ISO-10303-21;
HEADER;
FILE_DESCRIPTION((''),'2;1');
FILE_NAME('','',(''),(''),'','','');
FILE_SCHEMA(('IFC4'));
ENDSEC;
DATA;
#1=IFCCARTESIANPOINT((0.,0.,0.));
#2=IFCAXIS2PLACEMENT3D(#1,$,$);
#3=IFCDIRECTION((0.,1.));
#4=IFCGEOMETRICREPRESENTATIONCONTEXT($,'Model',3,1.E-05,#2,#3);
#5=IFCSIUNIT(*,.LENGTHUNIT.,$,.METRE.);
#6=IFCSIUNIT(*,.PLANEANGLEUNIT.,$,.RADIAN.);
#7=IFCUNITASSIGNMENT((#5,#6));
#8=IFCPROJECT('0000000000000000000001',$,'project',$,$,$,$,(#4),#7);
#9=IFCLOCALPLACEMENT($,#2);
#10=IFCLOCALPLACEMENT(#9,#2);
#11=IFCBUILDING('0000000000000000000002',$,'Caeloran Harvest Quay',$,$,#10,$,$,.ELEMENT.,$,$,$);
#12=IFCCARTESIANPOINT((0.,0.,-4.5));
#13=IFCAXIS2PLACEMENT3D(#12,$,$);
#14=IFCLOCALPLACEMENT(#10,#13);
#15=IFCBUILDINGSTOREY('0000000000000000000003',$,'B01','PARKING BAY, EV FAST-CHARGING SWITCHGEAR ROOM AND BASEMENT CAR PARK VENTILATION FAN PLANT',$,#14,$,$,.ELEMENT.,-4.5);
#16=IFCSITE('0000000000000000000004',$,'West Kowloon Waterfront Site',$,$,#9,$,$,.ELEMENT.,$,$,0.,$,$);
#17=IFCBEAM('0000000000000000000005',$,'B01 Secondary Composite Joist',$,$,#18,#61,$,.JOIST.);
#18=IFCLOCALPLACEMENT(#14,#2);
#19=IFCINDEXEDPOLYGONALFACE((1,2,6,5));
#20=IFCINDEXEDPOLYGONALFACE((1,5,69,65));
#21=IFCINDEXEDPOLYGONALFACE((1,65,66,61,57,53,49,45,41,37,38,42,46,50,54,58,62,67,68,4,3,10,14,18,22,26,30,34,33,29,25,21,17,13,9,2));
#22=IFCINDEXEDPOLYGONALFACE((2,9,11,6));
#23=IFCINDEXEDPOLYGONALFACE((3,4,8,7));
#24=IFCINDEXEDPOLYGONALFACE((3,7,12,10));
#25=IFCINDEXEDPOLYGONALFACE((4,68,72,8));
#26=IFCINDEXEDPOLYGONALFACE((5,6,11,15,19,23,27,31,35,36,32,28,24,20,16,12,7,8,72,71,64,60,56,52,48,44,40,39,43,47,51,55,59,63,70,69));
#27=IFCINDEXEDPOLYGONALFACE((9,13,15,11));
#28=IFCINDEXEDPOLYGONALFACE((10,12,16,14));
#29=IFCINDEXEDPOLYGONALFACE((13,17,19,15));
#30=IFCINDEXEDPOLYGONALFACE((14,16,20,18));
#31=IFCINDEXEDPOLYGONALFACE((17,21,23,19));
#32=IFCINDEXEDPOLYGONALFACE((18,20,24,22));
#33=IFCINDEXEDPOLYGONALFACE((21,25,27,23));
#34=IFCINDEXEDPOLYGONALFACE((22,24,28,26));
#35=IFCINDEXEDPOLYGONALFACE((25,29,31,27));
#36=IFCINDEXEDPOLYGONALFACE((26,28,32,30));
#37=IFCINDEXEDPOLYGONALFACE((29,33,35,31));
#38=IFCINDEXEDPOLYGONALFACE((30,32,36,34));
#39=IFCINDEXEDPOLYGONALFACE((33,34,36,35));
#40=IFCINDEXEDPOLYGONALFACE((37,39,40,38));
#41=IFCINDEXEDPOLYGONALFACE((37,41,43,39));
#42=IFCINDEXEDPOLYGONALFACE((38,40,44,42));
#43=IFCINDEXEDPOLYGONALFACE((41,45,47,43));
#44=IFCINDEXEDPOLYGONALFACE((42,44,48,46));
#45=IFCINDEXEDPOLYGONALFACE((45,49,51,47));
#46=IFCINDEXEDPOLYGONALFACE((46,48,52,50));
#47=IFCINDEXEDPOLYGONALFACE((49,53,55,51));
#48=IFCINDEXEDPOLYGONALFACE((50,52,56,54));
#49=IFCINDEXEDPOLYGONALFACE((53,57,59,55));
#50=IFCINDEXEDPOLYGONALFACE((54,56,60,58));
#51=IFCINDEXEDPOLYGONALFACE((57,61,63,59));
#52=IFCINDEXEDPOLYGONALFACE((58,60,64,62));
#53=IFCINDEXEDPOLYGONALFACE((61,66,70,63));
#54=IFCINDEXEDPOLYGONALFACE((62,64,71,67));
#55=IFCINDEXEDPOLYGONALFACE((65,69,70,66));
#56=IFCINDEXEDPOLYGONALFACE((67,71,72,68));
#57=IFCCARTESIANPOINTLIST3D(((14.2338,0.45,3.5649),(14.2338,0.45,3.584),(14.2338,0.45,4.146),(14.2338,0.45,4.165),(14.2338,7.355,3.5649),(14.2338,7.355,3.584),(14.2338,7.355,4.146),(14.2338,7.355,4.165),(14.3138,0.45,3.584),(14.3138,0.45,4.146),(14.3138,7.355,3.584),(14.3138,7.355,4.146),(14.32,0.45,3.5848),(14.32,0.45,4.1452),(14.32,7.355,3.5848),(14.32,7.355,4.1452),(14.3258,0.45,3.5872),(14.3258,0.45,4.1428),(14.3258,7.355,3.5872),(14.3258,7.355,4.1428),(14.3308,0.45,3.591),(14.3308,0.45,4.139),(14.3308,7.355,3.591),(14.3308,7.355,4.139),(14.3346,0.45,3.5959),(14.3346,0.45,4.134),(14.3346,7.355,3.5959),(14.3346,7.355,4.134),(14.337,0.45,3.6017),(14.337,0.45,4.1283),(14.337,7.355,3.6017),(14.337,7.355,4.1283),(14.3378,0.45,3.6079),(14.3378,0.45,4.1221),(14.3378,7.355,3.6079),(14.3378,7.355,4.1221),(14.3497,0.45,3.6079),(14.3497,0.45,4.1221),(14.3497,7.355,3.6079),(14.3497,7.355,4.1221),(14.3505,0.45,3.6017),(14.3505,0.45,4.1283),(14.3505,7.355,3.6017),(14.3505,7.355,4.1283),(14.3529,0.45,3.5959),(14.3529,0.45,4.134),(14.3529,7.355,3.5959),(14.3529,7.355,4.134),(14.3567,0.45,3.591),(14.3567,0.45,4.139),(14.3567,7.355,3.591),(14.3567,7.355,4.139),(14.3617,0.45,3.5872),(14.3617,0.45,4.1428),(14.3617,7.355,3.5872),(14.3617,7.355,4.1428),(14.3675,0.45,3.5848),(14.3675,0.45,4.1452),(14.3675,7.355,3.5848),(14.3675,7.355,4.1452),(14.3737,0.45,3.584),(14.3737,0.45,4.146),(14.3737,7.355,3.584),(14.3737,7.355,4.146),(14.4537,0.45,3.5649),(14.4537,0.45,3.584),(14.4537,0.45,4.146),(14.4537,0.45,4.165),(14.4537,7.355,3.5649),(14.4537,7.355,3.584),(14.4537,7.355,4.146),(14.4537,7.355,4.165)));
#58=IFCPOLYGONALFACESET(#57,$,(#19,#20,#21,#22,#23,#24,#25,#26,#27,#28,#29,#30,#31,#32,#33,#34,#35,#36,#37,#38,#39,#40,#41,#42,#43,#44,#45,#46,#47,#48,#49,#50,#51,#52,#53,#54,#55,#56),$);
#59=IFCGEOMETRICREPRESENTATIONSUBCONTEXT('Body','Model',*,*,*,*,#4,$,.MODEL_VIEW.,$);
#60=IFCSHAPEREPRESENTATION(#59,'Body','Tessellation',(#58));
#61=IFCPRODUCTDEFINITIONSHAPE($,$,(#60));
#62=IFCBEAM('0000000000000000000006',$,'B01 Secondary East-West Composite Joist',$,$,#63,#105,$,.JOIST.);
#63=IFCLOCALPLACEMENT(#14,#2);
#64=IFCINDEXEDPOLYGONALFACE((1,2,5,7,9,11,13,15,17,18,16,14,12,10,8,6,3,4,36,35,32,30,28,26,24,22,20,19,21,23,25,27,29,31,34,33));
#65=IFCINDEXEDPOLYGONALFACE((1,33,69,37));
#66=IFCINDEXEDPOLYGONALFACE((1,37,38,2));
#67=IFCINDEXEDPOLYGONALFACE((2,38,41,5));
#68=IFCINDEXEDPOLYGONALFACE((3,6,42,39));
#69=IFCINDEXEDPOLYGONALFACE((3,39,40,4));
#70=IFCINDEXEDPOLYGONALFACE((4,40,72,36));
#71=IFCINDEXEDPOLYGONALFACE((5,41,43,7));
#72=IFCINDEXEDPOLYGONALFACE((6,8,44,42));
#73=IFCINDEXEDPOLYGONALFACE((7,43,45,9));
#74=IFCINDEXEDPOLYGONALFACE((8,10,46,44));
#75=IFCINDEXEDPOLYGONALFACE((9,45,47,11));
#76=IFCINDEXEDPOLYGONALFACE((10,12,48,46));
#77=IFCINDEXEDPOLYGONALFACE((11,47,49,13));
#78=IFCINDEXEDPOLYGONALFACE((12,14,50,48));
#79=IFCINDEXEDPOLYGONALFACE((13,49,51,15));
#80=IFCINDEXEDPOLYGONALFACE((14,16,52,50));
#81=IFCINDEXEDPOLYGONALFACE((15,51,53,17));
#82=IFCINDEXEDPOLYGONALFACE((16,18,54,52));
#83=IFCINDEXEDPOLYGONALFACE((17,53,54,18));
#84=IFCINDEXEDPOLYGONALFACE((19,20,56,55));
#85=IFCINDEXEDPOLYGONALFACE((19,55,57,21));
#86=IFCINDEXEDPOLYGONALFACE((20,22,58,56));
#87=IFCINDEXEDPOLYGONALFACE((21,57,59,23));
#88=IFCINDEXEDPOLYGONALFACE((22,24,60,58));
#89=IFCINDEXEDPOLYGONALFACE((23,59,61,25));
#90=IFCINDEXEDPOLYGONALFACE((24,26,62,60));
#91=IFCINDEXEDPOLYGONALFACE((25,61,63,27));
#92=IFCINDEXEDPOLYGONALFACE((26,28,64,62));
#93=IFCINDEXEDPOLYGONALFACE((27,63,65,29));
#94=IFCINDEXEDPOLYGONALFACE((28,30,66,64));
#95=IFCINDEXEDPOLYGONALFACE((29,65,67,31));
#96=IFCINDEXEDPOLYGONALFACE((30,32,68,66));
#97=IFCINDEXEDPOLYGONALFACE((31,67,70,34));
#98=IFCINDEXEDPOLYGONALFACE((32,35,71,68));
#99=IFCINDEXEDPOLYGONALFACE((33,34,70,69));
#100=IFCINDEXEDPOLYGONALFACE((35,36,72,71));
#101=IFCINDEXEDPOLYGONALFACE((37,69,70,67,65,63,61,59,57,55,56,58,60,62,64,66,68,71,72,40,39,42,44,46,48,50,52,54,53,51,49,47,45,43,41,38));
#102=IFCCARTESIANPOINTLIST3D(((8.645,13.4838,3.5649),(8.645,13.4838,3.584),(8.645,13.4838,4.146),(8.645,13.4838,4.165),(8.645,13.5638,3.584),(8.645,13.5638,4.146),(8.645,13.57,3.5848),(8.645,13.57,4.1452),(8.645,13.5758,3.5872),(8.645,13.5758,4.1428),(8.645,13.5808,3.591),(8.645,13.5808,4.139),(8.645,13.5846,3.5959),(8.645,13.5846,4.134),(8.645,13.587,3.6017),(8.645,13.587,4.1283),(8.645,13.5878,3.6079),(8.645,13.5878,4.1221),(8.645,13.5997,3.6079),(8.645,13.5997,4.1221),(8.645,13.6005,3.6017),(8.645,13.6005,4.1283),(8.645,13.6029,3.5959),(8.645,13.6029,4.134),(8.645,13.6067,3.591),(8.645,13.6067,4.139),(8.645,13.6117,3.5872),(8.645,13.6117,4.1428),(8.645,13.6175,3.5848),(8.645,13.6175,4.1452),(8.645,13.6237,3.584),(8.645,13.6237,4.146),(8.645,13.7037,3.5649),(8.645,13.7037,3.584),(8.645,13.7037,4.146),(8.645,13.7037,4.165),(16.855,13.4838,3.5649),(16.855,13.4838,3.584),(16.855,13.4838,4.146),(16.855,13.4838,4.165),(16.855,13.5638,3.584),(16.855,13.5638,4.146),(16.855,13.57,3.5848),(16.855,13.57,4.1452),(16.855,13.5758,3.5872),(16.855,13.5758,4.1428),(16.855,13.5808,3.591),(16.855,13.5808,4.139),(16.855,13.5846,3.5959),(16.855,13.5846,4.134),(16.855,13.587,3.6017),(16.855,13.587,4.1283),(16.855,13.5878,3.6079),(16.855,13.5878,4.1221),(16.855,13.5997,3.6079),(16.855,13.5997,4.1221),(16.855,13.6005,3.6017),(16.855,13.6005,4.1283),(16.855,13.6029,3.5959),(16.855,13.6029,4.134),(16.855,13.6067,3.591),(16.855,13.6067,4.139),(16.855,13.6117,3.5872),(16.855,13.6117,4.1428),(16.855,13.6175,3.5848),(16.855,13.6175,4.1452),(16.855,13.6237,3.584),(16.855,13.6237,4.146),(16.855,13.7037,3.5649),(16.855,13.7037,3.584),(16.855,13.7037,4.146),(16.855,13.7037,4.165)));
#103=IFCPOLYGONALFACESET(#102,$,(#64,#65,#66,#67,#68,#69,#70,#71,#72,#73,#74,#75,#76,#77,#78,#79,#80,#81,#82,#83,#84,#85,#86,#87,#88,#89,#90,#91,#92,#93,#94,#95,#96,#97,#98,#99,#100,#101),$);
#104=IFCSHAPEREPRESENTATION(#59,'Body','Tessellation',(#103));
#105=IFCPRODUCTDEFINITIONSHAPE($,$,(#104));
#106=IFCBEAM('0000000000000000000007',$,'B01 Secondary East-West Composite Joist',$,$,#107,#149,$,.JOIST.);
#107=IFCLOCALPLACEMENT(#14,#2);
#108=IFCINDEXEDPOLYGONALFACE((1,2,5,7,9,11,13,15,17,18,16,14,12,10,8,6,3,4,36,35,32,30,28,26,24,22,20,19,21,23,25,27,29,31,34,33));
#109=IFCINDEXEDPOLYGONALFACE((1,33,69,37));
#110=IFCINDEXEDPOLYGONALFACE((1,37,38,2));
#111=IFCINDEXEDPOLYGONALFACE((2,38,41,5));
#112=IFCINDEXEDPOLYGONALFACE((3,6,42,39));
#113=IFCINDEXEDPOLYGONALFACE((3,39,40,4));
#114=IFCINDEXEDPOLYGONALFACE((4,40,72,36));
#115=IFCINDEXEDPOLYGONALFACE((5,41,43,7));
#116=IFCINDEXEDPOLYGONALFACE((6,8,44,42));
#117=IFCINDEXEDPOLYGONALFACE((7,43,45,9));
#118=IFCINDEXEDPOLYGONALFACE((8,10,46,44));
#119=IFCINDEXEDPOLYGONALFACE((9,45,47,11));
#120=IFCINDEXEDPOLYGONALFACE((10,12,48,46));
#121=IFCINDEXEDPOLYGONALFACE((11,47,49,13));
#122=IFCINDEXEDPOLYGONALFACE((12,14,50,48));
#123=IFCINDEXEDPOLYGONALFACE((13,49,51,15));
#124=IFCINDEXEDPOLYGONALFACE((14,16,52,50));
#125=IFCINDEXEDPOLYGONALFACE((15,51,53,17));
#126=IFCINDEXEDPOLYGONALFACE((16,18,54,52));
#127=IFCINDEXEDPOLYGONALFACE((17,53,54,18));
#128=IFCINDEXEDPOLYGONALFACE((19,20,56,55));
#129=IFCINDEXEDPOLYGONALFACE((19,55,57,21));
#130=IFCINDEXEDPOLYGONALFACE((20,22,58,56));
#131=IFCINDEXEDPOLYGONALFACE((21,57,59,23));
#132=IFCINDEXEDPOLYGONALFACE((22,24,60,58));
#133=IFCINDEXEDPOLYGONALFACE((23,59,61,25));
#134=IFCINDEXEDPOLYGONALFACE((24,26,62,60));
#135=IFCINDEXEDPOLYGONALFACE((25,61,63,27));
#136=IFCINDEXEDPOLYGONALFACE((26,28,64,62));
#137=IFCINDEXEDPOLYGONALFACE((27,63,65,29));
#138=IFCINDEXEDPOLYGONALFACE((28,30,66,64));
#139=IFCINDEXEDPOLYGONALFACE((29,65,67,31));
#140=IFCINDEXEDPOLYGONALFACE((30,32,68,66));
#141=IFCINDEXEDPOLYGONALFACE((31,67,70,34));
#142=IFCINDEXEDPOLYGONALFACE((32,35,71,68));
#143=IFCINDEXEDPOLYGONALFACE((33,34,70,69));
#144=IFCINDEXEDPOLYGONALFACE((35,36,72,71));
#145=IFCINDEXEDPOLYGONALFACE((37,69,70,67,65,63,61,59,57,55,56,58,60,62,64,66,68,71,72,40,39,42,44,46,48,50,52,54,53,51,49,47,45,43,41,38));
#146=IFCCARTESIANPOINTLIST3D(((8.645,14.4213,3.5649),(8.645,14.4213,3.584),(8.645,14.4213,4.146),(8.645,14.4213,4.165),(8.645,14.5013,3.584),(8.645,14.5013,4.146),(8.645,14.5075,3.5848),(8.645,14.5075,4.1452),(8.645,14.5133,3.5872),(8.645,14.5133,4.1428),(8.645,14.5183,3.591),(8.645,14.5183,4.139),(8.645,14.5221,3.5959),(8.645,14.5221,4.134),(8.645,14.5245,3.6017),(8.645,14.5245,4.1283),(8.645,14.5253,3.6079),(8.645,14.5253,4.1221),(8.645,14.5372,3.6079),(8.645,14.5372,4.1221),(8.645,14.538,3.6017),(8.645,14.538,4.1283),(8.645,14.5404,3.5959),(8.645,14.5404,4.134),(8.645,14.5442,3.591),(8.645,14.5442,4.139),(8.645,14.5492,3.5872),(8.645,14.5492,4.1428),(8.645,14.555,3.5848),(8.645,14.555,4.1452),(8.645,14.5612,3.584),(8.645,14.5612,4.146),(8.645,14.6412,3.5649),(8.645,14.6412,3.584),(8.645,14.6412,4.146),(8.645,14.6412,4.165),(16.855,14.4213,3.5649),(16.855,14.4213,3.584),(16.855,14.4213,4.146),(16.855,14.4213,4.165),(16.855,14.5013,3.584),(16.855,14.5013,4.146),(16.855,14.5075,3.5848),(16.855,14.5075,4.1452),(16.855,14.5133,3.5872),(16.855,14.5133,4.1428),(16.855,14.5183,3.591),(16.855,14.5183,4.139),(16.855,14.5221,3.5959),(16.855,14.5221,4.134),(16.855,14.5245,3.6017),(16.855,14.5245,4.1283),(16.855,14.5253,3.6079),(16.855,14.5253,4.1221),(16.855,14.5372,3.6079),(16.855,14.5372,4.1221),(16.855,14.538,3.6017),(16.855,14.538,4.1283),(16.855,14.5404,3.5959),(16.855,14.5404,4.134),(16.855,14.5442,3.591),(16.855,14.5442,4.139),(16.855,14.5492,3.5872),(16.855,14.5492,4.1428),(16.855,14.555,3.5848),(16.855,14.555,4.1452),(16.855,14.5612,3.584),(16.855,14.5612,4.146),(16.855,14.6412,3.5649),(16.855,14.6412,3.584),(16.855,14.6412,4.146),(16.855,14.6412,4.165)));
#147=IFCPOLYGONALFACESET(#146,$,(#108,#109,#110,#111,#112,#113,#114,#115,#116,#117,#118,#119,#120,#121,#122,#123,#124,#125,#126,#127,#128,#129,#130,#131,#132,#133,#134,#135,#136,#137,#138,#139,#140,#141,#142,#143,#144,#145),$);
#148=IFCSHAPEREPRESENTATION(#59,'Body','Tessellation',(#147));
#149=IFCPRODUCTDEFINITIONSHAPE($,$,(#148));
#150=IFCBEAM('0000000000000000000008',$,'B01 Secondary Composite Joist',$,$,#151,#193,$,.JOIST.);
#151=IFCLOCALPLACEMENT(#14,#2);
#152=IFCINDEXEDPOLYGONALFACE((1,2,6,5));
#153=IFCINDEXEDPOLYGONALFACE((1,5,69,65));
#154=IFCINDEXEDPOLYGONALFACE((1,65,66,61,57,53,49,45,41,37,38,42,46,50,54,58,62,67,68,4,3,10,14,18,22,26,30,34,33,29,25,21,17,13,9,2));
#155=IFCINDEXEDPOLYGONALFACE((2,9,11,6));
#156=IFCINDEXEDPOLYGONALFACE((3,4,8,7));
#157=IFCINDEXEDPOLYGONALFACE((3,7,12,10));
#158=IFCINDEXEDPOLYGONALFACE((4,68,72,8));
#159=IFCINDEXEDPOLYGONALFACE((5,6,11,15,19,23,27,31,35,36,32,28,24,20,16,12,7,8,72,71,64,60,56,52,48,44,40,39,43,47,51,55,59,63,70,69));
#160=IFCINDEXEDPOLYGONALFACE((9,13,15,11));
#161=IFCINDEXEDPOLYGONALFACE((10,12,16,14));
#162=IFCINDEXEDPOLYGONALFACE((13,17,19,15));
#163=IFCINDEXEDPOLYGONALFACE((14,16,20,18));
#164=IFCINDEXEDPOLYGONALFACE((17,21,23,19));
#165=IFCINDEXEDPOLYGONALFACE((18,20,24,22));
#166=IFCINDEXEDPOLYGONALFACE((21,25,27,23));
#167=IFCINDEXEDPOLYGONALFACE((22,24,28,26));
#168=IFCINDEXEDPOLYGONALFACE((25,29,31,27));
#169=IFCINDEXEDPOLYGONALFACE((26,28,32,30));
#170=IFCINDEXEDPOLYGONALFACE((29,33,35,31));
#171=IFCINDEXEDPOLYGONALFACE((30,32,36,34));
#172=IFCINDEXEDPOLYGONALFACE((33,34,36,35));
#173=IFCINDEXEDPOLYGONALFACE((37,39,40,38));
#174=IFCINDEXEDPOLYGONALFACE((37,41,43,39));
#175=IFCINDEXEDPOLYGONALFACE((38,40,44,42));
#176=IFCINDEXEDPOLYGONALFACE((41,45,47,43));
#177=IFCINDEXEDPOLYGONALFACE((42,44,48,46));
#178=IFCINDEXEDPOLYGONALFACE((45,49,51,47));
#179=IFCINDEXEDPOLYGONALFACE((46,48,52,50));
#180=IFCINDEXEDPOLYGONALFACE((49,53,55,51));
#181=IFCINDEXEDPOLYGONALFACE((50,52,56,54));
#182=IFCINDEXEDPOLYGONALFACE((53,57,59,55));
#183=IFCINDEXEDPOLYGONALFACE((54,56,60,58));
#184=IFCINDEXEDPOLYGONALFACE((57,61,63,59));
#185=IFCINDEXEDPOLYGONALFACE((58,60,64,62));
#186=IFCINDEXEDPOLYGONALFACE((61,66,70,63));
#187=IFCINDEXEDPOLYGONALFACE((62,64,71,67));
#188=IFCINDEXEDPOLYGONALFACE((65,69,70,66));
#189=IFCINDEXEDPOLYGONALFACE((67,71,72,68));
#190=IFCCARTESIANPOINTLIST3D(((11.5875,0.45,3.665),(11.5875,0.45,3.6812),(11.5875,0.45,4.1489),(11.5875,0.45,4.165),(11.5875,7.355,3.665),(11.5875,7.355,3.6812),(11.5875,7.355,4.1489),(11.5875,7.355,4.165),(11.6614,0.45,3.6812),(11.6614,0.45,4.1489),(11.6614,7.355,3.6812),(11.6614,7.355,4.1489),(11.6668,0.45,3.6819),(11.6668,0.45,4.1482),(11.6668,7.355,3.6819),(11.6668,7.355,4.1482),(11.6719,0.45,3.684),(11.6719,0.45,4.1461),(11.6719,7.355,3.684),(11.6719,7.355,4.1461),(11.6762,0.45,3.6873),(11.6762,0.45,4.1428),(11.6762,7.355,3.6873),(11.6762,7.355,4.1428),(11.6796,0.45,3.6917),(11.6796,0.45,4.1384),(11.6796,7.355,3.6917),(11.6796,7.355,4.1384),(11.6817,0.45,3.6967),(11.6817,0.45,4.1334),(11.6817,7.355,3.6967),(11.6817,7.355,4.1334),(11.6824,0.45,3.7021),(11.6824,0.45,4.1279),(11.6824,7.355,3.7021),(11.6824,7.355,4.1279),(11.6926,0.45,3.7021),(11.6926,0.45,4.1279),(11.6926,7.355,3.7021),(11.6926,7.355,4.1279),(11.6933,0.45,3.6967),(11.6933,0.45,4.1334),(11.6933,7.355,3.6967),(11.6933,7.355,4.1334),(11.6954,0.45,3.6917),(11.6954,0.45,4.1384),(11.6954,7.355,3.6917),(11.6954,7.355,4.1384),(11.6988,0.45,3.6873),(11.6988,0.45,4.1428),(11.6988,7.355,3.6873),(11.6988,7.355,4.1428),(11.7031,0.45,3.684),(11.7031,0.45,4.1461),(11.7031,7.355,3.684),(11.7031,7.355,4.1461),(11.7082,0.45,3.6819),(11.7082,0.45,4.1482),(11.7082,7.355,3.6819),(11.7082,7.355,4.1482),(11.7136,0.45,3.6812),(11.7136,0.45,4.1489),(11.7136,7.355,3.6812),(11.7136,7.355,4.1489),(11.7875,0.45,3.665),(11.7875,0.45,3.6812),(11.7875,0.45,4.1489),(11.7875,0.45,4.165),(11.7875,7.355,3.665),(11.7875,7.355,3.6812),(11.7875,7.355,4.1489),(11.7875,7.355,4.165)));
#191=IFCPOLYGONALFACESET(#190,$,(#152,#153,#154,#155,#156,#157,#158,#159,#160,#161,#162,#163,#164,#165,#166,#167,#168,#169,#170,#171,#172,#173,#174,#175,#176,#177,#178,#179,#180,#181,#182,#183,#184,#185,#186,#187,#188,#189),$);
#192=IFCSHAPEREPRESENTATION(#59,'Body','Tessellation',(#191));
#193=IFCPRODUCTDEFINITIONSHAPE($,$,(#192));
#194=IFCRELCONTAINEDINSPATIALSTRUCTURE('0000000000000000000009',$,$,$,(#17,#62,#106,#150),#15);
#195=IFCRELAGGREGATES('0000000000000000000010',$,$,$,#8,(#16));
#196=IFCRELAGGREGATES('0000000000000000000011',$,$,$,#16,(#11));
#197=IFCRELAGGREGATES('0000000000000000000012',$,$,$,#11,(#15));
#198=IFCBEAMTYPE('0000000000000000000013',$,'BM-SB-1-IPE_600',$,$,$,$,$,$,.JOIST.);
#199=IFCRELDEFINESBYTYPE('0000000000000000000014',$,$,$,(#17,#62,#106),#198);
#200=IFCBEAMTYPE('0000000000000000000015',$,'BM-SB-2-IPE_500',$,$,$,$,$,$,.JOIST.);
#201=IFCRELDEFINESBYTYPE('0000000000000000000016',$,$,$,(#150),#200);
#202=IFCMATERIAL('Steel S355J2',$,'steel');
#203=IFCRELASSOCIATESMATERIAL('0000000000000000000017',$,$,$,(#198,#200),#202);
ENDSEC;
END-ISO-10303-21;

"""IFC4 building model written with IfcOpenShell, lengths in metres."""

from ifc_helpers import new_model, si_unit, direction, frame, origin, origin_2d, place, context, subcontext, project, spatial, i_section, extrude, material, material_profile, profile_set, type_object, element, save


model = new_model("IFC4")

# Units and contexts
model_context = context("Model", 3, precision=1e-05, world=origin(), true_north=direction((0.0, 1.0)))
body_context = subcontext(model_context, "Body", "Model", "MODEL_VIEW")
ifc_project = project(units=[si_unit("LENGTHUNIT", "METRE"), si_unit("PLANEANGLEUNIT", "RADIAN")], contexts=[model_context])

# Site, building, storey
site_placement = place(None, origin())
site = spatial("IfcSite", under=ifc_project, at=site_placement, Name="West Kowloon Waterfront Site", CompositionType="ELEMENT", RefElevation=0.0)
building_placement = place(site_placement, origin())
building = spatial("IfcBuilding", under=site, at=building_placement, Name="Caeloran Harvest Quay", CompositionType="ELEMENT")
storey_placement = place(building_placement, frame((0.0, 0.0, -4.5)))
storey = spatial("IfcBuildingStorey", under=building, at=storey_placement, Name="B01", Description="PARKING BAY, EV FAST-CHARGING SWITCHGEAR ROOM AND BASEMENT CAR PARK VENTILATION FAN PLANT", CompositionType="ELEMENT", Elevation=-4.5)

# Beams
ifc_material_1 = material(Name="Steel S355J2", Category="steel")
ifc_material_profile_1 = material_profile(ifc_material_1, i_section(OverallWidth=0.22, OverallDepth=0.6001, WebThickness=0.012, FlangeThickness=0.019, FilletRadius=0.0239, at=origin_2d()), Name="IPE 600")
ifc_profile_set_1 = profile_set([ifc_material_profile_1], Name="Steel S355J2")
beam_type_1 = type_object("IfcBeamType", Name="BM-SB-1-IPE_600", PredefinedType="JOIST", material=ifc_profile_set_1)
for number, where, z_axis, x_axis, name in (
    (1, (14.3438, 0.45, 3.865), (0.0, 1.0, 0.0), (-1.0, 0.0, 0.0), "B01 Secondary Composite Joist"),
):
    element("IfcBeam", number, at=place(storey_placement, frame(where, z_axis=z_axis, x_axis=x_axis)), inside=storey, type_object=beam_type_1, Name=name, PredefinedType="JOIST", context=body_context, shape_type="SweptSolid", body=[
        extrude(i_section(OverallWidth=0.22, OverallDepth=0.6001, WebThickness=0.012, FlangeThickness=0.019, FilletRadius=0.0239, at=origin_2d()), origin(), (0.0, 0.0, 1.0), 6.905),
    ])
for number, where, z_axis, x_axis, name in (
    (2, (8.645, 13.5938, 3.865), (1.0, 0.0, 0.0), (0.0, 1.0, 0.0), "B01 Secondary East-West Composite Joist"),
    (3, (8.645, 14.5312, 3.865), (1.0, 0.0, 0.0), (0.0, 1.0, 0.0), "B01 Secondary East-West Composite Joist"),
):
    element("IfcBeam", number, at=place(storey_placement, frame(where, z_axis=z_axis, x_axis=x_axis)), inside=storey, type_object=beam_type_1, Name=name, PredefinedType="JOIST", context=body_context, shape_type="SweptSolid", body=[
        extrude(i_section(OverallWidth=0.22, OverallDepth=0.6001, WebThickness=0.012, FlangeThickness=0.019, FilletRadius=0.0239, at=origin_2d()), origin(), (0.0, 0.0, 1.0), 8.21),
    ])
ifc_material_profile_2 = material_profile(ifc_material_1, i_section(OverallWidth=0.2, OverallDepth=0.5, WebThickness=0.0103, FlangeThickness=0.0161, FilletRadius=0.021, at=origin_2d()), Name="IPE 500")
ifc_profile_set_2 = profile_set([ifc_material_profile_2], Name="Steel S355J2")
beam_type_2 = type_object("IfcBeamType", Name="BM-SB-2-IPE_500", PredefinedType="JOIST", material=ifc_profile_set_2)
for number, where, z_axis, x_axis, name in (
    (4, (11.6875, 0.45, 3.915), (0.0, 1.0, 0.0), (-1.0, 0.0, 0.0), "B01 Secondary Composite Joist"),
):
    element("IfcBeam", number, at=place(storey_placement, frame(where, z_axis=z_axis, x_axis=x_axis)), inside=storey, type_object=beam_type_2, Name=name, PredefinedType="JOIST", context=body_context, shape_type="SweptSolid", body=[
        extrude(i_section(OverallWidth=0.2, OverallDepth=0.5, WebThickness=0.0103, FlangeThickness=0.0161, FilletRadius=0.021, at=origin_2d()), origin(), (0.0, 0.0, 1.0), 6.905),
    ])

save(model, "model.ifc")
